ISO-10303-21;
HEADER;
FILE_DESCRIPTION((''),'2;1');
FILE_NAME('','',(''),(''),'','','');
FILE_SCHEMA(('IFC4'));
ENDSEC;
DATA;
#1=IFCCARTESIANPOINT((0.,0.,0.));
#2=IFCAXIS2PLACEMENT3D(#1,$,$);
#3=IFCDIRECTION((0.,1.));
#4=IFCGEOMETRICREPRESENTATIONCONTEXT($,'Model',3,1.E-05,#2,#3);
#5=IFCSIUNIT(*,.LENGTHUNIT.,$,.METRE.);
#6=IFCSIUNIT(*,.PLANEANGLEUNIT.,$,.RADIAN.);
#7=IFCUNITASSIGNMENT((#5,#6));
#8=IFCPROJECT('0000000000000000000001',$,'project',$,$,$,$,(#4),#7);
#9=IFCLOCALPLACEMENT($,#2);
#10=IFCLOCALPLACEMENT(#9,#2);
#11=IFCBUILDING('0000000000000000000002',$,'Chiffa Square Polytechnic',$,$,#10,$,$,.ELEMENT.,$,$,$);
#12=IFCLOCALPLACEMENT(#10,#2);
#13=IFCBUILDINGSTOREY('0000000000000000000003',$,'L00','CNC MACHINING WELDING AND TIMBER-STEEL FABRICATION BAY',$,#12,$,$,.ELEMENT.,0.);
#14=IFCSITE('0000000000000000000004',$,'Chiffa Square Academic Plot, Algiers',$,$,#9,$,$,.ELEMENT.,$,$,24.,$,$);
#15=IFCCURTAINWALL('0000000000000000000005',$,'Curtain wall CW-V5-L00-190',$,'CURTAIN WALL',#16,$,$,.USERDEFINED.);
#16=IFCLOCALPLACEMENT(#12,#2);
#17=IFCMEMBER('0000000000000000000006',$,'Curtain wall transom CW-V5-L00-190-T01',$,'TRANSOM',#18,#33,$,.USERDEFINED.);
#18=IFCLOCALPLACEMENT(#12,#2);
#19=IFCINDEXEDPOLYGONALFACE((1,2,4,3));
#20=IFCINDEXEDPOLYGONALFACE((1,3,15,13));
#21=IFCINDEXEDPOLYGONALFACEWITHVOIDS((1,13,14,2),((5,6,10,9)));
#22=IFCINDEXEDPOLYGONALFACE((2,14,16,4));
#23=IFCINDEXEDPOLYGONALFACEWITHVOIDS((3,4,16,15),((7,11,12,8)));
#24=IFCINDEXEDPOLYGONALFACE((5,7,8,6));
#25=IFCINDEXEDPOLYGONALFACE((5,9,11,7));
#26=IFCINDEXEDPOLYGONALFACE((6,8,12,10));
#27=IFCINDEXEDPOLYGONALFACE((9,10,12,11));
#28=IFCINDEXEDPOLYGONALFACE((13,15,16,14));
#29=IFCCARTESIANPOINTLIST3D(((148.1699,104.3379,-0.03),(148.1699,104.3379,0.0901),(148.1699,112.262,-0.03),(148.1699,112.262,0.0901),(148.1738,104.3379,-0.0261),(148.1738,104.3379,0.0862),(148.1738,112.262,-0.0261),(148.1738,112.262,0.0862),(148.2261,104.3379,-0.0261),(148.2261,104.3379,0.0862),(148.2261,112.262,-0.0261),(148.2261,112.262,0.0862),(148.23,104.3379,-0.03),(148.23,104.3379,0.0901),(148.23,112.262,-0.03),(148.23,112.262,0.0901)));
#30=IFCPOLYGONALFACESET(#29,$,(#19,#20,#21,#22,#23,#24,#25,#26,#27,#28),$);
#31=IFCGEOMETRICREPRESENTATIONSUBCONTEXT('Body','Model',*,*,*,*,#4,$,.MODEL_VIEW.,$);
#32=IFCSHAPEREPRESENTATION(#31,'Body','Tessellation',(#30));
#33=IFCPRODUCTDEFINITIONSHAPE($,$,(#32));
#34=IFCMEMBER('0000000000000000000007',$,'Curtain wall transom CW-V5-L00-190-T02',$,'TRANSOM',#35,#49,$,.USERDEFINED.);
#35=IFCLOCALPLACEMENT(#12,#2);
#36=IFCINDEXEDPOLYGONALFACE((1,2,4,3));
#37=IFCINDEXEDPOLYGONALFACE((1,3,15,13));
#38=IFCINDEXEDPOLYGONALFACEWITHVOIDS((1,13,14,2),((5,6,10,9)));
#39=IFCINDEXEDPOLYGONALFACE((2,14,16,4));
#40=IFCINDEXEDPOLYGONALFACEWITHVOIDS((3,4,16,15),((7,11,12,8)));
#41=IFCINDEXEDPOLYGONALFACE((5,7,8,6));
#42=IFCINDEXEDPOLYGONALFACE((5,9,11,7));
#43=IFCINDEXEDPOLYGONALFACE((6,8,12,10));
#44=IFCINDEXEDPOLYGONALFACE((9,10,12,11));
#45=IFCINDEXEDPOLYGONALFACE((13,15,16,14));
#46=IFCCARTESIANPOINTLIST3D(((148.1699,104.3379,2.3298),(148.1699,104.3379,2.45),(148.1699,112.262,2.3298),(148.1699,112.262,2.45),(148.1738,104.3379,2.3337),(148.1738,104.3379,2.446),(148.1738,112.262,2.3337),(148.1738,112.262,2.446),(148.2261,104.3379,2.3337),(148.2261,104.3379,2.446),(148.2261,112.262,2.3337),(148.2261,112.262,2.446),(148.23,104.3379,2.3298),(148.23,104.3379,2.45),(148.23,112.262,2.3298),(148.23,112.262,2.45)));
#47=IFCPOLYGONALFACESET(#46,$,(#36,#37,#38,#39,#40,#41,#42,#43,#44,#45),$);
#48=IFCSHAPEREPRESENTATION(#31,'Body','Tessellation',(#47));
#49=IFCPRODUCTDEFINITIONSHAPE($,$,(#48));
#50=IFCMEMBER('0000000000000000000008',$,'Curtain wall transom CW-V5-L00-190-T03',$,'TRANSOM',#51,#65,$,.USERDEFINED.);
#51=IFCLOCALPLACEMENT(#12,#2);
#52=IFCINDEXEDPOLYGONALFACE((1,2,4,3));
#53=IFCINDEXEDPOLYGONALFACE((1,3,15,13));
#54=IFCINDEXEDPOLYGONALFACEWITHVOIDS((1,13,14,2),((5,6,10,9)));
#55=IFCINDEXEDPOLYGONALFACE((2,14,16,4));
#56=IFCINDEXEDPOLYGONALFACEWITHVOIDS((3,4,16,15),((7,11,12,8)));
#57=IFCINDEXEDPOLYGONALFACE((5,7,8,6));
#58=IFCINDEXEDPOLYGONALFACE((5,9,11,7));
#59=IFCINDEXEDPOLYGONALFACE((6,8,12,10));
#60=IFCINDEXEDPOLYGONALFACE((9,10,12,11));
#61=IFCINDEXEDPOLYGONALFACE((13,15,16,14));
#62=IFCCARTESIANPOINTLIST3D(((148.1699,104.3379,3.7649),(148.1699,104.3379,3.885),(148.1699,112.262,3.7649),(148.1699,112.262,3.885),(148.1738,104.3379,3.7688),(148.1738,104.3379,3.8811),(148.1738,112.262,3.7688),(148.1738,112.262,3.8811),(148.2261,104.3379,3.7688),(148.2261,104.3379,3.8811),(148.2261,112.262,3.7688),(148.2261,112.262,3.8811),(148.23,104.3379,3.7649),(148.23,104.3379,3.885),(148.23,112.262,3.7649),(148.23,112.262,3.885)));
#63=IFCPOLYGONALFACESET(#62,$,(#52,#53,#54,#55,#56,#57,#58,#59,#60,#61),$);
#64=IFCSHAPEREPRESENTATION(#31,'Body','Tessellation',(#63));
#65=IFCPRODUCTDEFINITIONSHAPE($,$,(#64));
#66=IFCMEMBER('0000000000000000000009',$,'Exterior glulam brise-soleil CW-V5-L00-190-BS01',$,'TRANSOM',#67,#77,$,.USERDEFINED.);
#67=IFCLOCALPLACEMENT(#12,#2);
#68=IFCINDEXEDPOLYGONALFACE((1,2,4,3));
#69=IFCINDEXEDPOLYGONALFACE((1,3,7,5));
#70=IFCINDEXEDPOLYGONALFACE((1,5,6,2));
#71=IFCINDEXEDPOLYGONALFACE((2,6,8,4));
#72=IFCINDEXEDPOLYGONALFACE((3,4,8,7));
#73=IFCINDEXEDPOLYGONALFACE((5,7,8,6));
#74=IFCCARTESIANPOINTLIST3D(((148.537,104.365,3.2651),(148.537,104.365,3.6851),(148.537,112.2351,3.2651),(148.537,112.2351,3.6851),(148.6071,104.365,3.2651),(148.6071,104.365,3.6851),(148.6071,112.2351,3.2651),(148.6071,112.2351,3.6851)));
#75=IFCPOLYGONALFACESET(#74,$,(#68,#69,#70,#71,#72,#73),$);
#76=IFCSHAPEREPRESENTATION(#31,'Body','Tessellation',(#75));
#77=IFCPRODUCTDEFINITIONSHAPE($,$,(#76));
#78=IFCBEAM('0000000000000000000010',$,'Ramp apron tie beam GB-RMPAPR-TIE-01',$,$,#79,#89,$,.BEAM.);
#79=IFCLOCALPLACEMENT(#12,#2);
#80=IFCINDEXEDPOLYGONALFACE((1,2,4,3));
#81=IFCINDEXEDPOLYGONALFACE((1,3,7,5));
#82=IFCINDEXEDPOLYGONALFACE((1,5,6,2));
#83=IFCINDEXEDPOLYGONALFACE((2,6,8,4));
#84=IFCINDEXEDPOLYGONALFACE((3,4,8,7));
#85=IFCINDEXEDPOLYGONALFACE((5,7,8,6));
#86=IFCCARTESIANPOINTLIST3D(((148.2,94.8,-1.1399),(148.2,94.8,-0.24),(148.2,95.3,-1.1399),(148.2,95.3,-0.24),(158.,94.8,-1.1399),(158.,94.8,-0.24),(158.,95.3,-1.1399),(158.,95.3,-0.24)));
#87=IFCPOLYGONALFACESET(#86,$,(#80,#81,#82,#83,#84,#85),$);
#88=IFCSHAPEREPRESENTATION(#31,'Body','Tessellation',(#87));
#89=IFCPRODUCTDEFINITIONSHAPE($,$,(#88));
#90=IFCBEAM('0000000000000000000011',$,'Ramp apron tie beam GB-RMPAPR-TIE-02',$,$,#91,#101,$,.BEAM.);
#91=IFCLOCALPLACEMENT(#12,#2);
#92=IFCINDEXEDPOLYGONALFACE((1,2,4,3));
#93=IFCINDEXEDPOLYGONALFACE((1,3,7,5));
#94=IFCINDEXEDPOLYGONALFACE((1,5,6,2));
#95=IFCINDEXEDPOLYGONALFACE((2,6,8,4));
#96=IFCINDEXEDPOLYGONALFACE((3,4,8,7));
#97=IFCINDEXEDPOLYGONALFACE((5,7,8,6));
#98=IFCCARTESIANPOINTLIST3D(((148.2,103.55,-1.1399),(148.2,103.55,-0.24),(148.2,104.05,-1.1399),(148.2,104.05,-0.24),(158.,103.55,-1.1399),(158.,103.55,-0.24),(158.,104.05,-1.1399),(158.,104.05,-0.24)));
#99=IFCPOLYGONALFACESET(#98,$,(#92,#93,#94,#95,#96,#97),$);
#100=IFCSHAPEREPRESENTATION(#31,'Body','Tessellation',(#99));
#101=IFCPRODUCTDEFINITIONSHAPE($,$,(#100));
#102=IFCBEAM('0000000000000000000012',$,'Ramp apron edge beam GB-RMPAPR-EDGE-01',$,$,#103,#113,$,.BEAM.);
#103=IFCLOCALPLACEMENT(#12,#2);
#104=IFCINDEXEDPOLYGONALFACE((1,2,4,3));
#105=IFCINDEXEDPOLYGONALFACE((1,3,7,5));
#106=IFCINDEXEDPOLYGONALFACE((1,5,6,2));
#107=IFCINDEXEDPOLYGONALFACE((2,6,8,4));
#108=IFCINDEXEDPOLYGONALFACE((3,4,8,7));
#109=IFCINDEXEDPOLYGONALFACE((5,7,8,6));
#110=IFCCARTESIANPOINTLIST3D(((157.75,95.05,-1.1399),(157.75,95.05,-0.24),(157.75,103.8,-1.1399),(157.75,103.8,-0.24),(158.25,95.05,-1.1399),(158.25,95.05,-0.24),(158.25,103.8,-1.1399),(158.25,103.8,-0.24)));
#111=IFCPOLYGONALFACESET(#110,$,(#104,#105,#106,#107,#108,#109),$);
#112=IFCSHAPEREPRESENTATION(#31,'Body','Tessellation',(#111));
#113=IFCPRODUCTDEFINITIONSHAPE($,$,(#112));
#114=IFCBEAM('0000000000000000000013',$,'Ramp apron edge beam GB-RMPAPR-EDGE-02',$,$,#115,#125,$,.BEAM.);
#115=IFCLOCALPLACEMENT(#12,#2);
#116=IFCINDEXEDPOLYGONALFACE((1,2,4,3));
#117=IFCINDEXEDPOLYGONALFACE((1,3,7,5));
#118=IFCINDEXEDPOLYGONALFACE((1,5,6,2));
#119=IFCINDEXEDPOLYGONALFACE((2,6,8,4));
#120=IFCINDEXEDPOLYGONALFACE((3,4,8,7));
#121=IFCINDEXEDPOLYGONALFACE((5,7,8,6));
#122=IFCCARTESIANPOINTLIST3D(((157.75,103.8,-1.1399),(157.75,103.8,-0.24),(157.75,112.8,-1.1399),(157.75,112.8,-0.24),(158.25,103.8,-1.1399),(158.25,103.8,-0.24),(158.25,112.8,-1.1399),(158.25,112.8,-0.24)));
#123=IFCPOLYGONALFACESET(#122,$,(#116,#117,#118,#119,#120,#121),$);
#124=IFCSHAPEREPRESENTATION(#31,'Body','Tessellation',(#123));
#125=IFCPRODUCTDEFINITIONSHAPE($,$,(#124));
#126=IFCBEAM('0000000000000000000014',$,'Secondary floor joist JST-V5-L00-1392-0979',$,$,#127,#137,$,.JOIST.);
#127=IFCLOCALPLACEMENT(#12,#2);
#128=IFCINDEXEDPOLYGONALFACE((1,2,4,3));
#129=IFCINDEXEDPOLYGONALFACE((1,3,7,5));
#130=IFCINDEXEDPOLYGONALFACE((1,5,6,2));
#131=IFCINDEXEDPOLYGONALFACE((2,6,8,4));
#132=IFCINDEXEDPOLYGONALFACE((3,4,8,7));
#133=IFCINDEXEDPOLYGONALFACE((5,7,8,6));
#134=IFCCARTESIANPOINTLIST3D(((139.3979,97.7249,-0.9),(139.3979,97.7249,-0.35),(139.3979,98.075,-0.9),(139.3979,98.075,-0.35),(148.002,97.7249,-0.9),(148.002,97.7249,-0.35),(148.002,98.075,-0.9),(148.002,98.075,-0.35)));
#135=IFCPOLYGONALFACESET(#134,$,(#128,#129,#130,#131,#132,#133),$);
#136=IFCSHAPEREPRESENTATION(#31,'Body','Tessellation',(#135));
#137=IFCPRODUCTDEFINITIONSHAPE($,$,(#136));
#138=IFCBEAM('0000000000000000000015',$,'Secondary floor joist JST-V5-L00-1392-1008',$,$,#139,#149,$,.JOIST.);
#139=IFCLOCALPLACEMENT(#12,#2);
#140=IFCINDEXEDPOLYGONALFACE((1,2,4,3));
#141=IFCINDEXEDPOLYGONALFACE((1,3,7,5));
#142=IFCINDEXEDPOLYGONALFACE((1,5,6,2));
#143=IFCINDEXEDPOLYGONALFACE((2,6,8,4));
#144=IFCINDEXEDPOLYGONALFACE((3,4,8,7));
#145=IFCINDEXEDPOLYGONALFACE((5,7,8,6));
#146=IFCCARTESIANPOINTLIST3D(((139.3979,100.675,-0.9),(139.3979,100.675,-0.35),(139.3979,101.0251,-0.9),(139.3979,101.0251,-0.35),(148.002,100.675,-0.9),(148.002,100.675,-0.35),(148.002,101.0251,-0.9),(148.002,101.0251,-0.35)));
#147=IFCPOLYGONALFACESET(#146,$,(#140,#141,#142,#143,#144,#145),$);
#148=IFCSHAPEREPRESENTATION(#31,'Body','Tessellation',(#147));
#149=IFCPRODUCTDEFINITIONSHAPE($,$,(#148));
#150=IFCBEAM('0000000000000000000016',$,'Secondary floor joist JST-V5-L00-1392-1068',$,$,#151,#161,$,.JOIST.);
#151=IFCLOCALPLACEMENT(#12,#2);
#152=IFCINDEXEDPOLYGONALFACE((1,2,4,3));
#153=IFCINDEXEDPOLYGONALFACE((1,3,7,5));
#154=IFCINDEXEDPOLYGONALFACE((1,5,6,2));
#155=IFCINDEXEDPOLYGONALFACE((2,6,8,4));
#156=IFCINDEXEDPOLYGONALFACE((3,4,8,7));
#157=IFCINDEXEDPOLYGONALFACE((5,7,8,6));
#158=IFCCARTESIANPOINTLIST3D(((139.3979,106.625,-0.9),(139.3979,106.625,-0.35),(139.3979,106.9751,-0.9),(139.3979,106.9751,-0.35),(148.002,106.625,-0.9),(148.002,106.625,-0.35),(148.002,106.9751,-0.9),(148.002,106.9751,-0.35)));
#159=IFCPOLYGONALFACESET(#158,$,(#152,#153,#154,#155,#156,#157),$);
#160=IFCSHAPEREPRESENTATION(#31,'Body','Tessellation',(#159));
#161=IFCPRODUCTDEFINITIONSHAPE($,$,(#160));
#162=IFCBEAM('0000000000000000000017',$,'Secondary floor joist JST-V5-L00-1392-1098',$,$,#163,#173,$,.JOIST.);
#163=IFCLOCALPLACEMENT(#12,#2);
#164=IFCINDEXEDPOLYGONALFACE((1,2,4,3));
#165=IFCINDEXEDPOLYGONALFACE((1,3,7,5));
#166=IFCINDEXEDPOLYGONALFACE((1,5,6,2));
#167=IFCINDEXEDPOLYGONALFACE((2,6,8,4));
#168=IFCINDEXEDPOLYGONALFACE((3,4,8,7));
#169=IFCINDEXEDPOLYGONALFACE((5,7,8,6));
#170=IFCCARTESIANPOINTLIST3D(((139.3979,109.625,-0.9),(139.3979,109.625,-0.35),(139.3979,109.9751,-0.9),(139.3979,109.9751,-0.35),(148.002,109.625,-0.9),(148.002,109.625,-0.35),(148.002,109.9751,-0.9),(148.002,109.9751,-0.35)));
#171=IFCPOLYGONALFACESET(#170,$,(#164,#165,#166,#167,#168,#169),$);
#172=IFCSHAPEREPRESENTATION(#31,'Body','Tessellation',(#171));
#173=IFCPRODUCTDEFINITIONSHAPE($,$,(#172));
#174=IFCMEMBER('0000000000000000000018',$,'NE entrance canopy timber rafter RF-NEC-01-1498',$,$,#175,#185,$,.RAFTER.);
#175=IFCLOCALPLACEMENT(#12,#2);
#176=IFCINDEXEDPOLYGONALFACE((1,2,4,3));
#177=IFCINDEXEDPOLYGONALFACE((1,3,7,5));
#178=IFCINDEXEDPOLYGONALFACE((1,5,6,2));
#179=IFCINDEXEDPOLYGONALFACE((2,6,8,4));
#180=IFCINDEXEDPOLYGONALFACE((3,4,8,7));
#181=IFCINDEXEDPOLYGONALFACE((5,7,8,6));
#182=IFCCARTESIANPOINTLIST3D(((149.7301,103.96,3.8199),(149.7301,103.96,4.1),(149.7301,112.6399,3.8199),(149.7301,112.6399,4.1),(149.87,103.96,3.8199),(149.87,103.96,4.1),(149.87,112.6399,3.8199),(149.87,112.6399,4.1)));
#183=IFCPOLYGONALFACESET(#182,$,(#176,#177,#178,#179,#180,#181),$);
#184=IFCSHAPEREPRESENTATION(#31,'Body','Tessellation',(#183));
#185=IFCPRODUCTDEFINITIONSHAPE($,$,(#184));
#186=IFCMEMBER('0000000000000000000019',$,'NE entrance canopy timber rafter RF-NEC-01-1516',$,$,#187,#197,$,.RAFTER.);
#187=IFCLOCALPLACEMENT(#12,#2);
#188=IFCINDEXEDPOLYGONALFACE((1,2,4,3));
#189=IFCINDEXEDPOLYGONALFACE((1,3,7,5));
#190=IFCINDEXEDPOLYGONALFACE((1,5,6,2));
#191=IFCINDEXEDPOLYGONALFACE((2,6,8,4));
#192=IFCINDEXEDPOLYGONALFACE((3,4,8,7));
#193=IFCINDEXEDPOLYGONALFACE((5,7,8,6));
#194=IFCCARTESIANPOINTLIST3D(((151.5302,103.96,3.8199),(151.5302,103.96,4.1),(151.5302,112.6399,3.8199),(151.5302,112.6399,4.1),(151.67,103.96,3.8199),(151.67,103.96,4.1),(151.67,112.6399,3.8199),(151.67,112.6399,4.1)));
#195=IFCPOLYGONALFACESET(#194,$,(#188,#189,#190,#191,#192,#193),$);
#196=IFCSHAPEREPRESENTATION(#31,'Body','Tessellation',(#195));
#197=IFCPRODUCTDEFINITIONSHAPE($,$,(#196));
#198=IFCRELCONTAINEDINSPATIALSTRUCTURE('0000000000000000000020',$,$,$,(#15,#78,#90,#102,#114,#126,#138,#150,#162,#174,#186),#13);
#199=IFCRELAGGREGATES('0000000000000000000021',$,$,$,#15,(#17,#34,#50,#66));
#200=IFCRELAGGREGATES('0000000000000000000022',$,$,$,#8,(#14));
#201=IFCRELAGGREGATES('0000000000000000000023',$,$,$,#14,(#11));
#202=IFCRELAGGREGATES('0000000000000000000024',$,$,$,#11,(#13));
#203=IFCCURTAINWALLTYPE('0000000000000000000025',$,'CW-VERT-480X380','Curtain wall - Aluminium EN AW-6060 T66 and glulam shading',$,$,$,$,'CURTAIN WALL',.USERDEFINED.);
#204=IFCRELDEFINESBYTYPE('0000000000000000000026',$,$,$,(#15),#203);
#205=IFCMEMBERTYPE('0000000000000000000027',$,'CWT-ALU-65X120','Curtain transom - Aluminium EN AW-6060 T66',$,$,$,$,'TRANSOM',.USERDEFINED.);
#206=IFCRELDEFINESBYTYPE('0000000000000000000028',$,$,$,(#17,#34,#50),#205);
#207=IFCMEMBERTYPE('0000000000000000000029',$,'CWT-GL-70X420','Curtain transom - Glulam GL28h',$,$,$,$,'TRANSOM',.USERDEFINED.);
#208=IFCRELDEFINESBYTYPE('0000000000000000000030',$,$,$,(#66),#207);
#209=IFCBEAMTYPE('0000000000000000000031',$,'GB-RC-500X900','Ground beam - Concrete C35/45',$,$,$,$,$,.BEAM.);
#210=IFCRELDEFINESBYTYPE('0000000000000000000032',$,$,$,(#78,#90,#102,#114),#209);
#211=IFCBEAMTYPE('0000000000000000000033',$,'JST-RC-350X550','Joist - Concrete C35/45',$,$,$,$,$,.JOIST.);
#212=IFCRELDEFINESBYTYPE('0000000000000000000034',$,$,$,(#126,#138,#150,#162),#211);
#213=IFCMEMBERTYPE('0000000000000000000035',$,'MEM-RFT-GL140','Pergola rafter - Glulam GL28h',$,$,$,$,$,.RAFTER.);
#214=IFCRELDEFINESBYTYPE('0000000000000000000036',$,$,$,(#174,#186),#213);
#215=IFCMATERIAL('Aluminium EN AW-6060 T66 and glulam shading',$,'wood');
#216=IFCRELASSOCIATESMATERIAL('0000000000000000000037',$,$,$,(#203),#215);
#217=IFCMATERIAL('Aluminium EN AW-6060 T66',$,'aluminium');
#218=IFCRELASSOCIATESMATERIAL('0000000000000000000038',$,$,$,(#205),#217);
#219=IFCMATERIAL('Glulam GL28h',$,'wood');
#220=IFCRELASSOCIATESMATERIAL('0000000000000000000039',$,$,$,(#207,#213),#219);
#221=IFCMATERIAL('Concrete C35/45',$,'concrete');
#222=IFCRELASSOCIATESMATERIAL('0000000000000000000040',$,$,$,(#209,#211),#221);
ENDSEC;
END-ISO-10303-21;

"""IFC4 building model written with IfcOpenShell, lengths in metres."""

from ifc_helpers import new_model, si_unit, direction, frame, origin, origin_2d, place, context, subcontext, project, spatial, rectangle, hollow_rectangle, extrude, material, material_profile, profile_set, type_object, element, aggregate, save


model = new_model("IFC4")

# Units and contexts
model_context = context("Model", 3, precision=1e-05, world=origin(), true_north=direction((0.0, 1.0)))
body_context = subcontext(model_context, "Body", "Model", "MODEL_VIEW")
ifc_project = project(units=[si_unit("LENGTHUNIT", "METRE"), si_unit("PLANEANGLEUNIT", "RADIAN")], contexts=[model_context])

# Site, building, storey
site_placement = place(None, origin())
site = spatial("IfcSite", under=ifc_project, at=site_placement, Name="Chiffa Square Academic Plot, Algiers", CompositionType="ELEMENT", RefElevation=24.0)
building_placement = place(site_placement, origin())
building = spatial("IfcBuilding", under=site, at=building_placement, Name="Chiffa Square Polytechnic", CompositionType="ELEMENT")
storey_placement = place(building_placement, origin())
storey = spatial("IfcBuildingStorey", under=building, at=storey_placement, Name="L00", Description="CNC MACHINING WELDING AND TIMBER-STEEL FABRICATION BAY", CompositionType="ELEMENT", Elevation=0.0)

# Shared definitions
ifc_material_1 = material(Name="Concrete C35/45", Category="concrete")

# Curtain wall, members
ifc_material_2 = material(Name="Aluminium EN AW-6060 T66 and glulam shading", Category="wood")
curtain_wall_type = type_object("IfcCurtainWallType", Name="CW-VERT-480X380", Description="Curtain wall - Aluminium EN AW-6060 T66 and glulam shading", ElementType="CURTAIN WALL", PredefinedType="USERDEFINED", material=ifc_material_2)
curtain_wall_placement = place(storey_placement, origin())
curtain_wall = element("IfcCurtainWall", 1, at=curtain_wall_placement, inside=storey, type_object=curtain_wall_type, Name="Curtain wall CW-V5-L00-190", ObjectType="CURTAIN WALL", PredefinedType="USERDEFINED")
ifc_material_3 = material(Name="Aluminium EN AW-6060 T66", Category="aluminium")
ifc_material_4 = material(Name="Glulam GL28h", Category="wood")
ifc_material_profile_1 = material_profile(ifc_material_3, hollow_rectangle(XDim=0.0601, YDim=0.1201, WallThickness=0.0039, at=origin_2d()), Name="ALU 60x120x4")
ifc_profile_set_1 = profile_set([ifc_material_profile_1], Name="Aluminium EN AW-6060 T66")
member_type_1 = type_object("IfcMemberType", Name="CWT-ALU-65X120", Description="Curtain transom - Aluminium EN AW-6060 T66", ElementType="TRANSOM", PredefinedType="USERDEFINED", material=ifc_profile_set_1)
member_1_placement = place(storey_placement, frame((148.2, 104.3379, 0.03), z_axis=(0.0, 1.0, 0.0), x_axis=(-1.0, 0.0, 0.0)))
member_1 = element("IfcMember", 2, at=member_1_placement, type_object=member_type_1, Name="Curtain wall transom CW-V5-L00-190-T01", ObjectType="TRANSOM", PredefinedType="USERDEFINED", context=body_context, shape_type="SweptSolid", body=[
    extrude(hollow_rectangle(XDim=0.0601, YDim=0.1201, WallThickness=0.0039, at=origin_2d()), origin(), (0.0, 0.0, 1.0), 7.9241),
])
member_2_placement = place(storey_placement, frame((148.2, 104.3379, 2.3899), z_axis=(0.0, 1.0, 0.0), x_axis=(-1.0, 0.0, 0.0)))
member_2 = element("IfcMember", 3, at=member_2_placement, type_object=member_type_1, Name="Curtain wall transom CW-V5-L00-190-T02", ObjectType="TRANSOM", PredefinedType="USERDEFINED", context=body_context, shape_type="SweptSolid", body=[
    extrude(hollow_rectangle(XDim=0.0601, YDim=0.1201, WallThickness=0.0039, at=origin_2d()), origin(), (0.0, 0.0, 1.0), 7.9241),
])
member_3_placement = place(storey_placement, frame((148.2, 104.3379, 3.825), z_axis=(0.0, 1.0, 0.0), x_axis=(-1.0, 0.0, 0.0)))
member_3 = element("IfcMember", 4, at=member_3_placement, type_object=member_type_1, Name="Curtain wall transom CW-V5-L00-190-T03", ObjectType="TRANSOM", PredefinedType="USERDEFINED", context=body_context, shape_type="SweptSolid", body=[
    extrude(hollow_rectangle(XDim=0.0601, YDim=0.1201, WallThickness=0.0039, at=origin_2d()), origin(), (0.0, 0.0, 1.0), 7.9241),
])
ifc_material_profile_2 = material_profile(ifc_material_4, rectangle(XDim=0.0701, YDim=0.4199, at=origin_2d()), Name="GL28h 70x420")
ifc_profile_set_2 = profile_set([ifc_material_profile_2], Name="Glulam GL28h")
member_type_2 = type_object("IfcMemberType", Name="CWT-GL-70X420", Description="Curtain transom - Glulam GL28h", ElementType="TRANSOM", PredefinedType="USERDEFINED", material=ifc_profile_set_2)
member_4_placement = place(storey_placement, frame((148.572, 104.365, 3.4751), z_axis=(0.0, 1.0, 0.0), x_axis=(-1.0, 0.0, 0.0)))
member_4 = element("IfcMember", 5, at=member_4_placement, type_object=member_type_2, Name="Exterior glulam brise-soleil CW-V5-L00-190-BS01", ObjectType="TRANSOM", PredefinedType="USERDEFINED", context=body_context, shape_type="SweptSolid", body=[
    extrude(rectangle(XDim=0.0701, YDim=0.4199, at=origin_2d()), origin(), (0.0, 0.0, 1.0), 7.8701),
])

# Beams
ifc_material_profile_3 = material_profile(ifc_material_1, rectangle(XDim=0.5, YDim=0.8999, at=origin_2d()), Name="RC 500x900")
ifc_profile_set_3 = profile_set([ifc_material_profile_3], Name="Concrete C35/45")
beam_type_1 = type_object("IfcBeamType", Name="GB-RC-500X900", Description="Ground beam - Concrete C35/45", PredefinedType="BEAM", material=ifc_profile_set_3)
for number, where, z_axis, x_axis, name in (
    (6, (148.2, 95.05, -0.6899), (1.0, 0.0, 0.0), (0.0, 1.0, 0.0), "Ramp apron tie beam GB-RMPAPR-TIE-01"),
    (7, (148.2, 103.8, -0.6899), (1.0, 0.0, 0.0), (0.0, 1.0, 0.0), "Ramp apron tie beam GB-RMPAPR-TIE-02"),
):
    element("IfcBeam", number, at=place(storey_placement, frame(where, z_axis=z_axis, x_axis=x_axis)), inside=storey, type_object=beam_type_1, Name=name, PredefinedType="BEAM", context=body_context, shape_type="SweptSolid", body=[
        extrude(rectangle(XDim=0.5, YDim=0.8999, at=origin_2d()), origin(), (0.0, 0.0, 1.0), 9.8),
    ])
beam_1_placement = place(storey_placement, frame((158.0, 95.05, -0.6899), z_axis=(0.0, 1.0, 0.0), x_axis=(-1.0, 0.0, 0.0)))
element("IfcBeam", 8, at=beam_1_placement, inside=storey, type_object=beam_type_1, Name="Ramp apron edge beam GB-RMPAPR-EDGE-01", PredefinedType="BEAM", context=body_context, shape_type="SweptSolid", body=[
    extrude(rectangle(XDim=0.5, YDim=0.8999, at=origin_2d()), origin(), (0.0, 0.0, 1.0), 8.75),
])
beam_2_placement = place(storey_placement, frame((158.0, 103.8, -0.6899), z_axis=(0.0, 1.0, 0.0), x_axis=(-1.0, 0.0, 0.0)))
element("IfcBeam", 9, at=beam_2_placement, inside=storey, type_object=beam_type_1, Name="Ramp apron edge beam GB-RMPAPR-EDGE-02", PredefinedType="BEAM", context=body_context, shape_type="SweptSolid", body=[
    extrude(rectangle(XDim=0.5, YDim=0.8999, at=origin_2d()), origin(), (0.0, 0.0, 1.0), 9.0),
])
ifc_material_profile_4 = material_profile(ifc_material_1, rectangle(XDim=0.3501, YDim=0.55, at=origin_2d()), Name="RC 350x550")
ifc_profile_set_4 = profile_set([ifc_material_profile_4], Name="Concrete C35/45")
beam_type_2 = type_object("IfcBeamType", Name="JST-RC-350X550", Description="Joist - Concrete C35/45", PredefinedType="JOIST", material=ifc_profile_set_4)
for number, where, z_axis, x_axis, name in (
    (10, (139.3979, 97.8999, -0.625), (1.0, 0.0, 0.0), (0.0, 1.0, 0.0), "Secondary floor joist JST-V5-L00-1392-0979"),
    (11, (139.3979, 100.8501, -0.625), (1.0, 0.0, 0.0), (0.0, 1.0, 0.0), "Secondary floor joist JST-V5-L00-1392-1008"),
    (12, (139.3979, 106.8, -0.625), (1.0, 0.0, 0.0), (0.0, 1.0, 0.0), "Secondary floor joist JST-V5-L00-1392-1068"),
    (13, (139.3979, 109.8, -0.625), (1.0, 0.0, 0.0), (0.0, 1.0, 0.0), "Secondary floor joist JST-V5-L00-1392-1098"),
):
    element("IfcBeam", number, at=place(storey_placement, frame(where, z_axis=z_axis, x_axis=x_axis)), inside=storey, type_object=beam_type_2, Name=name, PredefinedType="JOIST", context=body_context, shape_type="SweptSolid", body=[
        extrude(rectangle(XDim=0.3501, YDim=0.55, at=origin_2d()), origin(), (0.0, 0.0, 1.0), 8.604),
    ])

# Members
ifc_material_profile_5 = material_profile(ifc_material_4, rectangle(XDim=0.1399, YDim=0.28, at=origin_2d()), Name="GL28h 140x280")
ifc_profile_set_5 = profile_set([ifc_material_profile_5], Name="Glulam GL28h")
member_type_3 = type_object("IfcMemberType", Name="MEM-RFT-GL140", Description="Pergola rafter - Glulam GL28h", PredefinedType="RAFTER", material=ifc_profile_set_5)
for number, where, z_axis, x_axis, name in (
    (14, (149.8, 103.96, 3.96), (0.0, 1.0, 0.0), (-1.0, 0.0, 0.0), "NE entrance canopy timber rafter RF-NEC-01-1498"),
    (15, (151.6001, 103.96, 3.96), (0.0, 1.0, 0.0), (-1.0, 0.0, 0.0), "NE entrance canopy timber rafter RF-NEC-01-1516"),
):
    element("IfcMember", number, at=place(storey_placement, frame(where, z_axis=z_axis, x_axis=x_axis)), inside=storey, type_object=member_type_3, Name=name, PredefinedType="RAFTER", context=body_context, shape_type="SweptSolid", body=[
        extrude(rectangle(XDim=0.1399, YDim=0.28, at=origin_2d()), origin(), (0.0, 0.0, 1.0), 8.6799),
    ])

aggregate(curtain_wall, [member_1, member_2, member_3, member_4])

save(model, "model.ifc")
